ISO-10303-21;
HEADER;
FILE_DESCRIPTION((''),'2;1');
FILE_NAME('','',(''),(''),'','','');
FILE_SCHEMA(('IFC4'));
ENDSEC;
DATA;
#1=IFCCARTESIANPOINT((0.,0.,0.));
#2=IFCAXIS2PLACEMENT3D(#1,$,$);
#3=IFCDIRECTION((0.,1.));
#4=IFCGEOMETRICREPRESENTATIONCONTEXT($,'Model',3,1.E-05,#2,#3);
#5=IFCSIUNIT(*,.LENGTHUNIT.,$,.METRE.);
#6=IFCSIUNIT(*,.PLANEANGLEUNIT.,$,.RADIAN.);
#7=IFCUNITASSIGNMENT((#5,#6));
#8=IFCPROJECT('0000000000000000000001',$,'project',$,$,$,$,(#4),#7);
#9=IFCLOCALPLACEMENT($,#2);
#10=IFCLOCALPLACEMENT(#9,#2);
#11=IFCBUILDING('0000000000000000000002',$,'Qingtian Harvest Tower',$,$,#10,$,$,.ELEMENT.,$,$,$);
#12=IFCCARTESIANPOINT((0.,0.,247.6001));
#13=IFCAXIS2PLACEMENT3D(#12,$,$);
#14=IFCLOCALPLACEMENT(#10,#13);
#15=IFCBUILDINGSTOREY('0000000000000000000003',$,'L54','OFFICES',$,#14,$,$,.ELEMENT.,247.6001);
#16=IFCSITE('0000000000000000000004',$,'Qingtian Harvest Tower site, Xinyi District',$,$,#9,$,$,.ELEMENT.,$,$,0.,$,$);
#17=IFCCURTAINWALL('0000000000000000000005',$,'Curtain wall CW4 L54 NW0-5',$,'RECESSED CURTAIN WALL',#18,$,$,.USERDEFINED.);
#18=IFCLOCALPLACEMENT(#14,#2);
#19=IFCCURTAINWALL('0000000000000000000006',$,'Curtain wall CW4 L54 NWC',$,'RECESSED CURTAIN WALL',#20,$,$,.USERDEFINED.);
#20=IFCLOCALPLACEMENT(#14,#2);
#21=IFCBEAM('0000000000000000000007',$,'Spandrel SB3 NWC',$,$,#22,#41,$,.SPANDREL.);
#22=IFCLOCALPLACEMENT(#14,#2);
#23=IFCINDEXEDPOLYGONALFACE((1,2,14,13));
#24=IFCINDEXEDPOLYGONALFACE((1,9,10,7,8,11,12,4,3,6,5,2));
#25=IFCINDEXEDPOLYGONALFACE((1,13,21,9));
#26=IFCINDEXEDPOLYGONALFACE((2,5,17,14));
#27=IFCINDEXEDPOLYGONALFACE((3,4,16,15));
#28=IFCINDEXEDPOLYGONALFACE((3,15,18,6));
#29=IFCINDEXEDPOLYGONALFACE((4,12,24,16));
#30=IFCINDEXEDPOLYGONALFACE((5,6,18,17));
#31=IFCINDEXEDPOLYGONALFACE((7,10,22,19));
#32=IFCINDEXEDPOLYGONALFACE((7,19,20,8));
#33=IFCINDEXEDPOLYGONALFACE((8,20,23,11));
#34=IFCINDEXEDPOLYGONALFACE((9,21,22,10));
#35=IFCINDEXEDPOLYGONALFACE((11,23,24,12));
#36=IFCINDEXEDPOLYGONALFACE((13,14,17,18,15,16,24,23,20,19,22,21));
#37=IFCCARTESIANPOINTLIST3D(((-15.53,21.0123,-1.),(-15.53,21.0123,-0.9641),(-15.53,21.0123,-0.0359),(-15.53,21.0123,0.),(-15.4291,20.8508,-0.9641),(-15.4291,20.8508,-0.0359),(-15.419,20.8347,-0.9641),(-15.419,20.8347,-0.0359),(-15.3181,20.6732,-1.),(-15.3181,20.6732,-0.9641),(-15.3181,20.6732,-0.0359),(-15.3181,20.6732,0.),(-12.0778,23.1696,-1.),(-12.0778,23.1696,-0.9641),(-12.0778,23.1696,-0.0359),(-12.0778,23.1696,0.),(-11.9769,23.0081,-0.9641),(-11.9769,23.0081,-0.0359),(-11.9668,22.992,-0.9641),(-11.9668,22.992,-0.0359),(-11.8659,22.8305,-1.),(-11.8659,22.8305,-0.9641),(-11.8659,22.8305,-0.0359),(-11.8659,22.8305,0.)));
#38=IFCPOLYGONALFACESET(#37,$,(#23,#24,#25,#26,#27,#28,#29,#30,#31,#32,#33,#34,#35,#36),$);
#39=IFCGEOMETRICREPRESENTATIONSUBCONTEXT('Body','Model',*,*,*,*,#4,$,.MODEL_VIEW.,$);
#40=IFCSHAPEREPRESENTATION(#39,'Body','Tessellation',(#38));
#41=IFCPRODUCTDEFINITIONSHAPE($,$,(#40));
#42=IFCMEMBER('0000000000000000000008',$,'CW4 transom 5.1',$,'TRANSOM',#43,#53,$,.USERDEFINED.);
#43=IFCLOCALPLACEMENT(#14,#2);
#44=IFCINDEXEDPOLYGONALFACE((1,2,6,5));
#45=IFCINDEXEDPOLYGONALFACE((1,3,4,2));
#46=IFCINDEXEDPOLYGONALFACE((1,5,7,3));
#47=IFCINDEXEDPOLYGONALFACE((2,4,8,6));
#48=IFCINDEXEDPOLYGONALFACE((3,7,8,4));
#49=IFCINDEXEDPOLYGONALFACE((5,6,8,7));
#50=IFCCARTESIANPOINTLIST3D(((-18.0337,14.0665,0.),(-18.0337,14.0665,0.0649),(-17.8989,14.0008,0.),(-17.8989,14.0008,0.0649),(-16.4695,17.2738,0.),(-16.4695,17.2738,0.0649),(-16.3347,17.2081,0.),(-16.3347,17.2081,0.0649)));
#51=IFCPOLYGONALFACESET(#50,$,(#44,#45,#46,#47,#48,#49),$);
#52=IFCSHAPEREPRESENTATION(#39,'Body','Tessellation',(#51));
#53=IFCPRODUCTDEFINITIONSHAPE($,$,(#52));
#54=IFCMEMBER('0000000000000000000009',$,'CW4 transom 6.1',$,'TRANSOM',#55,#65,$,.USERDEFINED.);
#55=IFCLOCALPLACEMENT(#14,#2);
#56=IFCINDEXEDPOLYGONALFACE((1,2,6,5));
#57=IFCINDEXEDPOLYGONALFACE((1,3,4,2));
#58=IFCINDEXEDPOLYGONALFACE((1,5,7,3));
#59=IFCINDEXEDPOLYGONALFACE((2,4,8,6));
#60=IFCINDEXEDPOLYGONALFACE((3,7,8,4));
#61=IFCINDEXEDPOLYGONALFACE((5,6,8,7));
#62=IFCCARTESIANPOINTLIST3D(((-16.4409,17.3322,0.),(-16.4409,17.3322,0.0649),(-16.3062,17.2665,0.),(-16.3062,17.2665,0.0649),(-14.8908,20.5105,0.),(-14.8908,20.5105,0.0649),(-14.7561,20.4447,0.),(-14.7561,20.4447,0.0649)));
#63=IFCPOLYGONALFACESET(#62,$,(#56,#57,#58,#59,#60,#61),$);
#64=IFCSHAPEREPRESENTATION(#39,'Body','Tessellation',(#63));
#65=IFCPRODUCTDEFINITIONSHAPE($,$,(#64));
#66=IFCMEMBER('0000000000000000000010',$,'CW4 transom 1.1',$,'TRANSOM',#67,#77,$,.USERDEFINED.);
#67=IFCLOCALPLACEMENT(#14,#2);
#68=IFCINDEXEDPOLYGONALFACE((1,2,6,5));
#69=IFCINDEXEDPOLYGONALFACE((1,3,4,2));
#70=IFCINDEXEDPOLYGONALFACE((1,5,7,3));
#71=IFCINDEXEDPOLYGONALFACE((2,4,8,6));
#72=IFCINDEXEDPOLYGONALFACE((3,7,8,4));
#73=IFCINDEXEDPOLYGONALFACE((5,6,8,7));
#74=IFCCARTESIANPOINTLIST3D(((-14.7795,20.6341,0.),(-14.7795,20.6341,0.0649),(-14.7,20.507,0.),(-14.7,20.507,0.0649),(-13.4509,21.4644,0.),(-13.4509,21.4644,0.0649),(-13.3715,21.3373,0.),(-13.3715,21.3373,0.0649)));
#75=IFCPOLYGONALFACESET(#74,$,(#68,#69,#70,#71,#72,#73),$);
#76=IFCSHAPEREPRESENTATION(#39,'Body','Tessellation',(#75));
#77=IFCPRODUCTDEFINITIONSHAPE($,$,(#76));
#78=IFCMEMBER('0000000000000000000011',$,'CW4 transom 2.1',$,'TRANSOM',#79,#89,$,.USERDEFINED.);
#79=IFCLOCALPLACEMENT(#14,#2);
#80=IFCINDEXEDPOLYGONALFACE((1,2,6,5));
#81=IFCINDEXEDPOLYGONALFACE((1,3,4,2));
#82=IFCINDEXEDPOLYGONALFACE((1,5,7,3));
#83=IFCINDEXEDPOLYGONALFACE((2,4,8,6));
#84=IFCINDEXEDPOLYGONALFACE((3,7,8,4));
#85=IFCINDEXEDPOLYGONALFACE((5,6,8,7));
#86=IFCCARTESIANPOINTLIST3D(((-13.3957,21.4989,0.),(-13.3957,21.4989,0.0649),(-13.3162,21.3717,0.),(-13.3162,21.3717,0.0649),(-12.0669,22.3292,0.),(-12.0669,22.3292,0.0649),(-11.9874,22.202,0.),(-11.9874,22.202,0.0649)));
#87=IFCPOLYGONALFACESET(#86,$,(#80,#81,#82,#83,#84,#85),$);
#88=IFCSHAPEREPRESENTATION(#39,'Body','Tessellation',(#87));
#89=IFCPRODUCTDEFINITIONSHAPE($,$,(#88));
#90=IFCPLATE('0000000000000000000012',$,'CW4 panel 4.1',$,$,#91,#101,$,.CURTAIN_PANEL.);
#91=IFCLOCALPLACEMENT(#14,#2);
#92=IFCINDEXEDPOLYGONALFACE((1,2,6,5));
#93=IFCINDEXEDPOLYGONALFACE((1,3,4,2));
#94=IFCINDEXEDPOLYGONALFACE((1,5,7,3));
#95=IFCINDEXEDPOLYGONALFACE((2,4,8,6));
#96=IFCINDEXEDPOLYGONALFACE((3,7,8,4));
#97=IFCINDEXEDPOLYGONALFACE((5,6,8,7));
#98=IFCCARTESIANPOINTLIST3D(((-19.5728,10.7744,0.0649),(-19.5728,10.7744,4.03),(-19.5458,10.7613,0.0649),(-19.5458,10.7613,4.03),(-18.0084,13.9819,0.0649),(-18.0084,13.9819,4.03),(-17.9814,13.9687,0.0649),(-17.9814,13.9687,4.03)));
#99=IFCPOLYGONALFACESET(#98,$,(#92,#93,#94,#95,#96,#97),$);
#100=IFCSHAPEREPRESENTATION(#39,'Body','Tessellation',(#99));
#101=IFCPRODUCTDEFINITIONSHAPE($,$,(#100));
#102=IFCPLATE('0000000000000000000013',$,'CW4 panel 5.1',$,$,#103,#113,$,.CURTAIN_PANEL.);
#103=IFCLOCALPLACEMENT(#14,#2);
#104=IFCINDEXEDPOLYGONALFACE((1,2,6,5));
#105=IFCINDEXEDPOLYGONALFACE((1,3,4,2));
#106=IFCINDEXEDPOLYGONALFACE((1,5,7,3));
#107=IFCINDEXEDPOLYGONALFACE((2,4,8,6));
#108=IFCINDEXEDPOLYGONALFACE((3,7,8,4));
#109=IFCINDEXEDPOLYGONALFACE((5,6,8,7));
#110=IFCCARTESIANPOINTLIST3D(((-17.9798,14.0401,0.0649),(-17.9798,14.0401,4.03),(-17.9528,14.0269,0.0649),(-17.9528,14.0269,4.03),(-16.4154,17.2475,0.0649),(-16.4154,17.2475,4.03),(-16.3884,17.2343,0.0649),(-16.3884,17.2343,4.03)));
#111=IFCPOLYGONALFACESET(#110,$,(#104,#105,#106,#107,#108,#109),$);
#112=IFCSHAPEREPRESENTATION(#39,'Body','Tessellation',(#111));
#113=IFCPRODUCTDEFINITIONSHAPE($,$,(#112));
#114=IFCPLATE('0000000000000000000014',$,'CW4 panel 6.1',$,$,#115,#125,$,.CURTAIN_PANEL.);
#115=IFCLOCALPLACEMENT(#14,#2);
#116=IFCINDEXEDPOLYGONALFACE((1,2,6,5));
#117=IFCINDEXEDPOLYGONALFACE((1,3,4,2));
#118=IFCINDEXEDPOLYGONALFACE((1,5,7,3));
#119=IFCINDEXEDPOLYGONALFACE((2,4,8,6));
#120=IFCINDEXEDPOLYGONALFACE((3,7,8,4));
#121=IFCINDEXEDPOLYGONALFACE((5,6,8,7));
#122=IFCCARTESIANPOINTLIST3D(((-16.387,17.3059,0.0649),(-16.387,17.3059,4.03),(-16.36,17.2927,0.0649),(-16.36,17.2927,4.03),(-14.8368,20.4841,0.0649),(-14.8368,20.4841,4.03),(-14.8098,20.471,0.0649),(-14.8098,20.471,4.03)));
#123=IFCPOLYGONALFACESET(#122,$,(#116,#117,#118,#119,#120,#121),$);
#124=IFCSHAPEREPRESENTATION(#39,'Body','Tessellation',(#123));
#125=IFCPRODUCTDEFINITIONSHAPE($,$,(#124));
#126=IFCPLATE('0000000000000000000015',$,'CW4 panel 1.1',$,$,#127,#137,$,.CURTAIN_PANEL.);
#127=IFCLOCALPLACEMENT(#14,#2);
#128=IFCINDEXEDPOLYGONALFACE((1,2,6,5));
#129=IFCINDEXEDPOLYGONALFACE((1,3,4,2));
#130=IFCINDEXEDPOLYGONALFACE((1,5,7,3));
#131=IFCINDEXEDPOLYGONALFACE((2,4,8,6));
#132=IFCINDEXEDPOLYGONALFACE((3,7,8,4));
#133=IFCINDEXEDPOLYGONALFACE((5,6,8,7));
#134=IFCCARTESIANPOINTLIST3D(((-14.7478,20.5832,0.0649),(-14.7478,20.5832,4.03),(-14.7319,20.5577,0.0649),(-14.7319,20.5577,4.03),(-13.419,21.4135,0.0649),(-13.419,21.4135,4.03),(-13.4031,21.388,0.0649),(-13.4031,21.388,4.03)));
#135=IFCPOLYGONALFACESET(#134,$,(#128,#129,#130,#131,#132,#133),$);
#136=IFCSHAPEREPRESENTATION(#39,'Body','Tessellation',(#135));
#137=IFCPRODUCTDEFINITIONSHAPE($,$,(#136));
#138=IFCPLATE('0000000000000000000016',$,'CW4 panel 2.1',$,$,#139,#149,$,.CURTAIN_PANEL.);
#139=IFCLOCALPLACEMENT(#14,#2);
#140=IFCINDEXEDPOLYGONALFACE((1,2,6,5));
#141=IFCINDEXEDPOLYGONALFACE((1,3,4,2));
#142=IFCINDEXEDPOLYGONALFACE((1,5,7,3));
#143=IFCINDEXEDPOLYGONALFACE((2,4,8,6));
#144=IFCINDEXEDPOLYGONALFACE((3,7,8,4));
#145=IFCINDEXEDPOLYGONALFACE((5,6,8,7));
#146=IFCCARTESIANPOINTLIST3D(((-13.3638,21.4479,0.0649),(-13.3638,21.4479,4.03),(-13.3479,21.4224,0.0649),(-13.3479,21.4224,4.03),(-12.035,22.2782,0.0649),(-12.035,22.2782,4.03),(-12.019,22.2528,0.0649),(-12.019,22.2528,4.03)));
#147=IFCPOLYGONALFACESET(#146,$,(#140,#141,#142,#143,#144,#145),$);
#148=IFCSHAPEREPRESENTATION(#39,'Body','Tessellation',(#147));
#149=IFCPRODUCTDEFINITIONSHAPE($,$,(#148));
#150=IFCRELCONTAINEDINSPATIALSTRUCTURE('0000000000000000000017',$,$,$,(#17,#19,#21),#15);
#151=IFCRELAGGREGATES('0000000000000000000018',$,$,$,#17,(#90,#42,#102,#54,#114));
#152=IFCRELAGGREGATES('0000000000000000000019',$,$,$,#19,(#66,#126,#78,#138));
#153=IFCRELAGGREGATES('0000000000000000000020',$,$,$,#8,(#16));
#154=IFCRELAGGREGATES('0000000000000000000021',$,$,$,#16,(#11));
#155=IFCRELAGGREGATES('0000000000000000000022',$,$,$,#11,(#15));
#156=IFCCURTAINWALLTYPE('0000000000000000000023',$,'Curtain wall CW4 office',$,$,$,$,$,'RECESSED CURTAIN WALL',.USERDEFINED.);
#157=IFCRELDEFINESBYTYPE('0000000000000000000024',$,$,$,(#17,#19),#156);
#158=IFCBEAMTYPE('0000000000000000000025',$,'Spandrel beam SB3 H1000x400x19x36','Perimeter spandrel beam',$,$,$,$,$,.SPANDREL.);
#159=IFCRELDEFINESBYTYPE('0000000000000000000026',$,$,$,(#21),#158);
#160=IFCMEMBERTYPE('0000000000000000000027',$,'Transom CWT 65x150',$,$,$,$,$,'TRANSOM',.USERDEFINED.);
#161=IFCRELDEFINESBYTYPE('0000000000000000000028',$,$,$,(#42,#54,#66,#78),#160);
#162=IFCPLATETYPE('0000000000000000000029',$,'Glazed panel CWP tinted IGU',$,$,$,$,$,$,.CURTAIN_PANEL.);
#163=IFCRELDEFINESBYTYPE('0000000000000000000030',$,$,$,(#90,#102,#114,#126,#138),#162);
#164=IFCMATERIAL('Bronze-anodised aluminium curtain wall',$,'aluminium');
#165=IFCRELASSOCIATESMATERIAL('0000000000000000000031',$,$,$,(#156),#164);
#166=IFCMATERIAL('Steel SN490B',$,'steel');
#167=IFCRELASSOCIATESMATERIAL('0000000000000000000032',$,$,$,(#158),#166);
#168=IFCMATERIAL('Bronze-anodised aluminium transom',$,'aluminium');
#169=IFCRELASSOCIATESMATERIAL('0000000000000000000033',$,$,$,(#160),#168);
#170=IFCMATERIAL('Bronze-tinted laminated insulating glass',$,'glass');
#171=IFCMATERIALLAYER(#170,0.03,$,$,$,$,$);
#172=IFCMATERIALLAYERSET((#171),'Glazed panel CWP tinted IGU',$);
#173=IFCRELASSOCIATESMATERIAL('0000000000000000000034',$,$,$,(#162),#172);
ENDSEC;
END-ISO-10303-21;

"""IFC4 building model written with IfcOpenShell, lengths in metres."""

from ifc_helpers import new_model, si_unit, direction, frame, origin, origin_2d, place, context, subcontext, project, spatial, rectangle, i_section, extrude, material, layer, layer_set, material_profile, profile_set, type_object, element, aggregate, save


model = new_model("IFC4")

# Units and contexts
model_context = context("Model", 3, precision=1e-05, world=origin(), true_north=direction((0.0, 1.0)))
body_context = subcontext(model_context, "Body", "Model", "MODEL_VIEW")
ifc_project = project(units=[si_unit("LENGTHUNIT", "METRE"), si_unit("PLANEANGLEUNIT", "RADIAN")], contexts=[model_context])

# Site, building, storey
site_placement = place(None, origin())
site = spatial("IfcSite", under=ifc_project, at=site_placement, Name="Qingtian Harvest Tower site, Xinyi District", CompositionType="ELEMENT", RefElevation=0.0)
building_placement = place(site_placement, origin())
building = spatial("IfcBuilding", under=site, at=building_placement, Name="Qingtian Harvest Tower", CompositionType="ELEMENT")
storey_placement = place(building_placement, frame((0.0, 0.0, 247.6001)))
storey = spatial("IfcBuildingStorey", under=building, at=storey_placement, Name="L54", Description="OFFICES", CompositionType="ELEMENT", Elevation=247.6001)

# Curtain walls
ifc_material_1 = material(Name="Bronze-anodised aluminium curtain wall", Category="aluminium")
curtain_wall_type = type_object("IfcCurtainWallType", Name="Curtain wall CW4 office", ElementType="RECESSED CURTAIN WALL", PredefinedType="USERDEFINED", material=ifc_material_1)
curtain_wall_1_placement = place(storey_placement, origin())
curtain_wall_1 = element("IfcCurtainWall", 1, at=curtain_wall_1_placement, inside=storey, type_object=curtain_wall_type, Name="Curtain wall CW4 L54 NW0-5", ObjectType="RECESSED CURTAIN WALL", PredefinedType="USERDEFINED")
curtain_wall_2_placement = place(storey_placement, origin())
curtain_wall_2 = element("IfcCurtainWall", 2, at=curtain_wall_2_placement, inside=storey, type_object=curtain_wall_type, Name="Curtain wall CW4 L54 NWC", ObjectType="RECESSED CURTAIN WALL", PredefinedType="USERDEFINED")

# Beam
ifc_material_2 = material(Name="Steel SN490B", Category="steel")
ifc_material_profile_1 = material_profile(ifc_material_2, i_section(OverallWidth=0.3999, OverallDepth=1.0, WebThickness=0.019, FlangeThickness=0.0359, at=origin_2d()), Name="H1000x400x19x36")
ifc_profile_set_1 = profile_set([ifc_material_profile_1], Name="Steel SN490B")
beam_type_1 = type_object("IfcBeamType", Name="Spandrel beam SB3 H1000x400x19x36", Description="Perimeter spandrel beam", PredefinedType="SPANDREL", material=ifc_profile_set_1)
beam_1_placement = place(storey_placement, frame((-15.4241, 20.8428, -0.5), z_axis=(0.848039, 0.529934, 0.0), x_axis=(-0.529934, 0.848039, 0.0)))
element("IfcBeam", 3, at=beam_1_placement, inside=storey, type_object=beam_type_1, Name="Spandrel SB3 NWC", PredefinedType="SPANDREL", context=body_context, shape_type="SweptSolid", body=[
    extrude(i_section(OverallWidth=0.3999, OverallDepth=1.0, WebThickness=0.019, FlangeThickness=0.0359, at=origin_2d()), origin(), (0.0, 0.0, 1.0), 4.0708),
])

# Members
ifc_material_3 = material(Name="Bronze-anodised aluminium transom", Category="aluminium")
ifc_material_profile_2 = material_profile(ifc_material_3, rectangle(XDim=0.1499, YDim=0.0649, at=origin_2d()), Name="AL 65x150")
ifc_profile_set_2 = profile_set([ifc_material_profile_2], Name="Bronze-anodised aluminium transom")
member_type_1 = type_object("IfcMemberType", Name="Transom CWT 65x150", ElementType="TRANSOM", PredefinedType="USERDEFINED", material=ifc_profile_set_2)
member_1_placement = place(storey_placement, frame((-17.9663, 14.0337, 0.0325), z_axis=(0.438352, 0.898803, 0.0), x_axis=(-0.898803, 0.438352, 0.0)))
member_1 = element("IfcMember", 4, at=member_1_placement, type_object=member_type_1, Name="CW4 transom 5.1", ObjectType="TRANSOM", PredefinedType="USERDEFINED", context=body_context, shape_type="SweptSolid", body=[
    extrude(rectangle(XDim=0.1499, YDim=0.0649, at=origin_2d()), origin(), (0.0, 0.0, 1.0), 3.5684),
])
member_2_placement = place(storey_placement, frame((-16.3735, 17.2993, 0.0325), z_axis=(0.438354, 0.898802, 0.0), x_axis=(-0.898802, 0.438354, 0.0)))
member_2 = element("IfcMember", 5, at=member_2_placement, type_object=member_type_1, Name="CW4 transom 6.1", ObjectType="TRANSOM", PredefinedType="USERDEFINED", context=body_context, shape_type="SweptSolid", body=[
    extrude(rectangle(XDim=0.1499, YDim=0.0649, at=origin_2d()), origin(), (0.0, 0.0, 1.0), 3.5361),
])
member_3_placement = place(storey_placement, frame((-14.7397, 20.5706, 0.0325), z_axis=(0.848016, 0.529971, 0.0), x_axis=(-0.529971, 0.848016, 0.0)))
member_3 = element("IfcMember", 6, at=member_3_placement, type_object=member_type_1, Name="CW4 transom 1.1", ObjectType="TRANSOM", PredefinedType="USERDEFINED", context=body_context, shape_type="SweptSolid", body=[
    extrude(rectangle(XDim=0.1499, YDim=0.0649, at=origin_2d()), origin(), (0.0, 0.0, 1.0), 1.5667),
])
member_4_placement = place(storey_placement, frame((-13.356, 21.4353, 0.0325), z_axis=(0.84806, 0.529901, 0.0), x_axis=(-0.529901, 0.84806, 0.0)))
member_4 = element("IfcMember", 7, at=member_4_placement, type_object=member_type_1, Name="CW4 transom 2.1", ObjectType="TRANSOM", PredefinedType="USERDEFINED", context=body_context, shape_type="SweptSolid", body=[
    extrude(rectangle(XDim=0.1499, YDim=0.0649, at=origin_2d()), origin(), (0.0, 0.0, 1.0), 1.5669),
])

# Plates
ifc_material_4 = material(Name="Bronze-tinted laminated insulating glass", Category="glass")
ifc_layer = layer(ifc_material_4, 0.03)
ifc_layer_set = layer_set([ifc_layer], Name="Glazed panel CWP tinted IGU")
plate_type = type_object("IfcPlateType", Name="Glazed panel CWP tinted IGU", PredefinedType="CURTAIN_PANEL", material=ifc_layer_set)
plate_1_placement = place(storey_placement, frame((-18.7771, 12.3716, 0.0649), z_axis=(0.0, 0.0, 1.0), x_axis=(0.438371, 0.898794, 0.0)))
plate_1 = element("IfcPlate", 8, at=plate_1_placement, type_object=plate_type, Name="CW4 panel 4.1", PredefinedType="CURTAIN_PANEL", context=body_context, shape_type="SweptSolid", body=[
    extrude(rectangle(XDim=3.5686, YDim=0.03, at=origin_2d()), origin(), (0.0, 0.0, 1.0), 3.9651),
])
plate_2_placement = place(storey_placement, frame((-17.1841, 15.6372, 0.0649), z_axis=(0.0, 0.0, 1.0), x_axis=(0.438371, 0.898794, 0.0)))
plate_2 = element("IfcPlate", 9, at=plate_2_placement, type_object=plate_type, Name="CW4 panel 5.1", PredefinedType="CURTAIN_PANEL", context=body_context, shape_type="SweptSolid", body=[
    extrude(rectangle(XDim=3.5686, YDim=0.03, at=origin_2d()), origin(), (0.0, 0.0, 1.0), 3.9651),
])
plate_3_placement = place(storey_placement, frame((-15.5984, 18.8884, 0.0649), z_axis=(0.0, 0.0, 1.0), x_axis=(0.438371, 0.898794, 0.0)))
plate_3 = element("IfcPlate", 10, at=plate_3_placement, type_object=plate_type, Name="CW4 panel 6.1", PredefinedType="CURTAIN_PANEL", context=body_context, shape_type="SweptSolid", body=[
    extrude(rectangle(XDim=3.5361, YDim=0.03, at=origin_2d()), origin(), (0.0, 0.0, 1.0), 3.9651),
])
aggregate(curtain_wall_1, [plate_1, member_1, plate_2, member_2, plate_3])
plate_4_placement = place(storey_placement, frame((-14.0754, 20.9856, 0.0649), z_axis=(0.0, 0.0, 1.0), x_axis=(0.848048, 0.529919, 0.0)))
plate_4 = element("IfcPlate", 11, at=plate_4_placement, type_object=plate_type, Name="CW4 panel 1.1", PredefinedType="CURTAIN_PANEL", context=body_context, shape_type="SweptSolid", body=[
    extrude(rectangle(XDim=1.5669, YDim=0.03, at=origin_2d()), origin(), (0.0, 0.0, 1.0), 3.9651),
])
plate_5_placement = place(storey_placement, frame((-12.6914, 21.8503, 0.0649), z_axis=(0.0, 0.0, 1.0), x_axis=(0.848048, 0.529919, 0.0)))
plate_5 = element("IfcPlate", 12, at=plate_5_placement, type_object=plate_type, Name="CW4 panel 2.1", PredefinedType="CURTAIN_PANEL", context=body_context, shape_type="SweptSolid", body=[
    extrude(rectangle(XDim=1.5669, YDim=0.03, at=origin_2d()), origin(), (0.0, 0.0, 1.0), 3.9651),
])
aggregate(curtain_wall_2, [member_3, plate_4, member_4, plate_5])

save(model, "model.ifc")
